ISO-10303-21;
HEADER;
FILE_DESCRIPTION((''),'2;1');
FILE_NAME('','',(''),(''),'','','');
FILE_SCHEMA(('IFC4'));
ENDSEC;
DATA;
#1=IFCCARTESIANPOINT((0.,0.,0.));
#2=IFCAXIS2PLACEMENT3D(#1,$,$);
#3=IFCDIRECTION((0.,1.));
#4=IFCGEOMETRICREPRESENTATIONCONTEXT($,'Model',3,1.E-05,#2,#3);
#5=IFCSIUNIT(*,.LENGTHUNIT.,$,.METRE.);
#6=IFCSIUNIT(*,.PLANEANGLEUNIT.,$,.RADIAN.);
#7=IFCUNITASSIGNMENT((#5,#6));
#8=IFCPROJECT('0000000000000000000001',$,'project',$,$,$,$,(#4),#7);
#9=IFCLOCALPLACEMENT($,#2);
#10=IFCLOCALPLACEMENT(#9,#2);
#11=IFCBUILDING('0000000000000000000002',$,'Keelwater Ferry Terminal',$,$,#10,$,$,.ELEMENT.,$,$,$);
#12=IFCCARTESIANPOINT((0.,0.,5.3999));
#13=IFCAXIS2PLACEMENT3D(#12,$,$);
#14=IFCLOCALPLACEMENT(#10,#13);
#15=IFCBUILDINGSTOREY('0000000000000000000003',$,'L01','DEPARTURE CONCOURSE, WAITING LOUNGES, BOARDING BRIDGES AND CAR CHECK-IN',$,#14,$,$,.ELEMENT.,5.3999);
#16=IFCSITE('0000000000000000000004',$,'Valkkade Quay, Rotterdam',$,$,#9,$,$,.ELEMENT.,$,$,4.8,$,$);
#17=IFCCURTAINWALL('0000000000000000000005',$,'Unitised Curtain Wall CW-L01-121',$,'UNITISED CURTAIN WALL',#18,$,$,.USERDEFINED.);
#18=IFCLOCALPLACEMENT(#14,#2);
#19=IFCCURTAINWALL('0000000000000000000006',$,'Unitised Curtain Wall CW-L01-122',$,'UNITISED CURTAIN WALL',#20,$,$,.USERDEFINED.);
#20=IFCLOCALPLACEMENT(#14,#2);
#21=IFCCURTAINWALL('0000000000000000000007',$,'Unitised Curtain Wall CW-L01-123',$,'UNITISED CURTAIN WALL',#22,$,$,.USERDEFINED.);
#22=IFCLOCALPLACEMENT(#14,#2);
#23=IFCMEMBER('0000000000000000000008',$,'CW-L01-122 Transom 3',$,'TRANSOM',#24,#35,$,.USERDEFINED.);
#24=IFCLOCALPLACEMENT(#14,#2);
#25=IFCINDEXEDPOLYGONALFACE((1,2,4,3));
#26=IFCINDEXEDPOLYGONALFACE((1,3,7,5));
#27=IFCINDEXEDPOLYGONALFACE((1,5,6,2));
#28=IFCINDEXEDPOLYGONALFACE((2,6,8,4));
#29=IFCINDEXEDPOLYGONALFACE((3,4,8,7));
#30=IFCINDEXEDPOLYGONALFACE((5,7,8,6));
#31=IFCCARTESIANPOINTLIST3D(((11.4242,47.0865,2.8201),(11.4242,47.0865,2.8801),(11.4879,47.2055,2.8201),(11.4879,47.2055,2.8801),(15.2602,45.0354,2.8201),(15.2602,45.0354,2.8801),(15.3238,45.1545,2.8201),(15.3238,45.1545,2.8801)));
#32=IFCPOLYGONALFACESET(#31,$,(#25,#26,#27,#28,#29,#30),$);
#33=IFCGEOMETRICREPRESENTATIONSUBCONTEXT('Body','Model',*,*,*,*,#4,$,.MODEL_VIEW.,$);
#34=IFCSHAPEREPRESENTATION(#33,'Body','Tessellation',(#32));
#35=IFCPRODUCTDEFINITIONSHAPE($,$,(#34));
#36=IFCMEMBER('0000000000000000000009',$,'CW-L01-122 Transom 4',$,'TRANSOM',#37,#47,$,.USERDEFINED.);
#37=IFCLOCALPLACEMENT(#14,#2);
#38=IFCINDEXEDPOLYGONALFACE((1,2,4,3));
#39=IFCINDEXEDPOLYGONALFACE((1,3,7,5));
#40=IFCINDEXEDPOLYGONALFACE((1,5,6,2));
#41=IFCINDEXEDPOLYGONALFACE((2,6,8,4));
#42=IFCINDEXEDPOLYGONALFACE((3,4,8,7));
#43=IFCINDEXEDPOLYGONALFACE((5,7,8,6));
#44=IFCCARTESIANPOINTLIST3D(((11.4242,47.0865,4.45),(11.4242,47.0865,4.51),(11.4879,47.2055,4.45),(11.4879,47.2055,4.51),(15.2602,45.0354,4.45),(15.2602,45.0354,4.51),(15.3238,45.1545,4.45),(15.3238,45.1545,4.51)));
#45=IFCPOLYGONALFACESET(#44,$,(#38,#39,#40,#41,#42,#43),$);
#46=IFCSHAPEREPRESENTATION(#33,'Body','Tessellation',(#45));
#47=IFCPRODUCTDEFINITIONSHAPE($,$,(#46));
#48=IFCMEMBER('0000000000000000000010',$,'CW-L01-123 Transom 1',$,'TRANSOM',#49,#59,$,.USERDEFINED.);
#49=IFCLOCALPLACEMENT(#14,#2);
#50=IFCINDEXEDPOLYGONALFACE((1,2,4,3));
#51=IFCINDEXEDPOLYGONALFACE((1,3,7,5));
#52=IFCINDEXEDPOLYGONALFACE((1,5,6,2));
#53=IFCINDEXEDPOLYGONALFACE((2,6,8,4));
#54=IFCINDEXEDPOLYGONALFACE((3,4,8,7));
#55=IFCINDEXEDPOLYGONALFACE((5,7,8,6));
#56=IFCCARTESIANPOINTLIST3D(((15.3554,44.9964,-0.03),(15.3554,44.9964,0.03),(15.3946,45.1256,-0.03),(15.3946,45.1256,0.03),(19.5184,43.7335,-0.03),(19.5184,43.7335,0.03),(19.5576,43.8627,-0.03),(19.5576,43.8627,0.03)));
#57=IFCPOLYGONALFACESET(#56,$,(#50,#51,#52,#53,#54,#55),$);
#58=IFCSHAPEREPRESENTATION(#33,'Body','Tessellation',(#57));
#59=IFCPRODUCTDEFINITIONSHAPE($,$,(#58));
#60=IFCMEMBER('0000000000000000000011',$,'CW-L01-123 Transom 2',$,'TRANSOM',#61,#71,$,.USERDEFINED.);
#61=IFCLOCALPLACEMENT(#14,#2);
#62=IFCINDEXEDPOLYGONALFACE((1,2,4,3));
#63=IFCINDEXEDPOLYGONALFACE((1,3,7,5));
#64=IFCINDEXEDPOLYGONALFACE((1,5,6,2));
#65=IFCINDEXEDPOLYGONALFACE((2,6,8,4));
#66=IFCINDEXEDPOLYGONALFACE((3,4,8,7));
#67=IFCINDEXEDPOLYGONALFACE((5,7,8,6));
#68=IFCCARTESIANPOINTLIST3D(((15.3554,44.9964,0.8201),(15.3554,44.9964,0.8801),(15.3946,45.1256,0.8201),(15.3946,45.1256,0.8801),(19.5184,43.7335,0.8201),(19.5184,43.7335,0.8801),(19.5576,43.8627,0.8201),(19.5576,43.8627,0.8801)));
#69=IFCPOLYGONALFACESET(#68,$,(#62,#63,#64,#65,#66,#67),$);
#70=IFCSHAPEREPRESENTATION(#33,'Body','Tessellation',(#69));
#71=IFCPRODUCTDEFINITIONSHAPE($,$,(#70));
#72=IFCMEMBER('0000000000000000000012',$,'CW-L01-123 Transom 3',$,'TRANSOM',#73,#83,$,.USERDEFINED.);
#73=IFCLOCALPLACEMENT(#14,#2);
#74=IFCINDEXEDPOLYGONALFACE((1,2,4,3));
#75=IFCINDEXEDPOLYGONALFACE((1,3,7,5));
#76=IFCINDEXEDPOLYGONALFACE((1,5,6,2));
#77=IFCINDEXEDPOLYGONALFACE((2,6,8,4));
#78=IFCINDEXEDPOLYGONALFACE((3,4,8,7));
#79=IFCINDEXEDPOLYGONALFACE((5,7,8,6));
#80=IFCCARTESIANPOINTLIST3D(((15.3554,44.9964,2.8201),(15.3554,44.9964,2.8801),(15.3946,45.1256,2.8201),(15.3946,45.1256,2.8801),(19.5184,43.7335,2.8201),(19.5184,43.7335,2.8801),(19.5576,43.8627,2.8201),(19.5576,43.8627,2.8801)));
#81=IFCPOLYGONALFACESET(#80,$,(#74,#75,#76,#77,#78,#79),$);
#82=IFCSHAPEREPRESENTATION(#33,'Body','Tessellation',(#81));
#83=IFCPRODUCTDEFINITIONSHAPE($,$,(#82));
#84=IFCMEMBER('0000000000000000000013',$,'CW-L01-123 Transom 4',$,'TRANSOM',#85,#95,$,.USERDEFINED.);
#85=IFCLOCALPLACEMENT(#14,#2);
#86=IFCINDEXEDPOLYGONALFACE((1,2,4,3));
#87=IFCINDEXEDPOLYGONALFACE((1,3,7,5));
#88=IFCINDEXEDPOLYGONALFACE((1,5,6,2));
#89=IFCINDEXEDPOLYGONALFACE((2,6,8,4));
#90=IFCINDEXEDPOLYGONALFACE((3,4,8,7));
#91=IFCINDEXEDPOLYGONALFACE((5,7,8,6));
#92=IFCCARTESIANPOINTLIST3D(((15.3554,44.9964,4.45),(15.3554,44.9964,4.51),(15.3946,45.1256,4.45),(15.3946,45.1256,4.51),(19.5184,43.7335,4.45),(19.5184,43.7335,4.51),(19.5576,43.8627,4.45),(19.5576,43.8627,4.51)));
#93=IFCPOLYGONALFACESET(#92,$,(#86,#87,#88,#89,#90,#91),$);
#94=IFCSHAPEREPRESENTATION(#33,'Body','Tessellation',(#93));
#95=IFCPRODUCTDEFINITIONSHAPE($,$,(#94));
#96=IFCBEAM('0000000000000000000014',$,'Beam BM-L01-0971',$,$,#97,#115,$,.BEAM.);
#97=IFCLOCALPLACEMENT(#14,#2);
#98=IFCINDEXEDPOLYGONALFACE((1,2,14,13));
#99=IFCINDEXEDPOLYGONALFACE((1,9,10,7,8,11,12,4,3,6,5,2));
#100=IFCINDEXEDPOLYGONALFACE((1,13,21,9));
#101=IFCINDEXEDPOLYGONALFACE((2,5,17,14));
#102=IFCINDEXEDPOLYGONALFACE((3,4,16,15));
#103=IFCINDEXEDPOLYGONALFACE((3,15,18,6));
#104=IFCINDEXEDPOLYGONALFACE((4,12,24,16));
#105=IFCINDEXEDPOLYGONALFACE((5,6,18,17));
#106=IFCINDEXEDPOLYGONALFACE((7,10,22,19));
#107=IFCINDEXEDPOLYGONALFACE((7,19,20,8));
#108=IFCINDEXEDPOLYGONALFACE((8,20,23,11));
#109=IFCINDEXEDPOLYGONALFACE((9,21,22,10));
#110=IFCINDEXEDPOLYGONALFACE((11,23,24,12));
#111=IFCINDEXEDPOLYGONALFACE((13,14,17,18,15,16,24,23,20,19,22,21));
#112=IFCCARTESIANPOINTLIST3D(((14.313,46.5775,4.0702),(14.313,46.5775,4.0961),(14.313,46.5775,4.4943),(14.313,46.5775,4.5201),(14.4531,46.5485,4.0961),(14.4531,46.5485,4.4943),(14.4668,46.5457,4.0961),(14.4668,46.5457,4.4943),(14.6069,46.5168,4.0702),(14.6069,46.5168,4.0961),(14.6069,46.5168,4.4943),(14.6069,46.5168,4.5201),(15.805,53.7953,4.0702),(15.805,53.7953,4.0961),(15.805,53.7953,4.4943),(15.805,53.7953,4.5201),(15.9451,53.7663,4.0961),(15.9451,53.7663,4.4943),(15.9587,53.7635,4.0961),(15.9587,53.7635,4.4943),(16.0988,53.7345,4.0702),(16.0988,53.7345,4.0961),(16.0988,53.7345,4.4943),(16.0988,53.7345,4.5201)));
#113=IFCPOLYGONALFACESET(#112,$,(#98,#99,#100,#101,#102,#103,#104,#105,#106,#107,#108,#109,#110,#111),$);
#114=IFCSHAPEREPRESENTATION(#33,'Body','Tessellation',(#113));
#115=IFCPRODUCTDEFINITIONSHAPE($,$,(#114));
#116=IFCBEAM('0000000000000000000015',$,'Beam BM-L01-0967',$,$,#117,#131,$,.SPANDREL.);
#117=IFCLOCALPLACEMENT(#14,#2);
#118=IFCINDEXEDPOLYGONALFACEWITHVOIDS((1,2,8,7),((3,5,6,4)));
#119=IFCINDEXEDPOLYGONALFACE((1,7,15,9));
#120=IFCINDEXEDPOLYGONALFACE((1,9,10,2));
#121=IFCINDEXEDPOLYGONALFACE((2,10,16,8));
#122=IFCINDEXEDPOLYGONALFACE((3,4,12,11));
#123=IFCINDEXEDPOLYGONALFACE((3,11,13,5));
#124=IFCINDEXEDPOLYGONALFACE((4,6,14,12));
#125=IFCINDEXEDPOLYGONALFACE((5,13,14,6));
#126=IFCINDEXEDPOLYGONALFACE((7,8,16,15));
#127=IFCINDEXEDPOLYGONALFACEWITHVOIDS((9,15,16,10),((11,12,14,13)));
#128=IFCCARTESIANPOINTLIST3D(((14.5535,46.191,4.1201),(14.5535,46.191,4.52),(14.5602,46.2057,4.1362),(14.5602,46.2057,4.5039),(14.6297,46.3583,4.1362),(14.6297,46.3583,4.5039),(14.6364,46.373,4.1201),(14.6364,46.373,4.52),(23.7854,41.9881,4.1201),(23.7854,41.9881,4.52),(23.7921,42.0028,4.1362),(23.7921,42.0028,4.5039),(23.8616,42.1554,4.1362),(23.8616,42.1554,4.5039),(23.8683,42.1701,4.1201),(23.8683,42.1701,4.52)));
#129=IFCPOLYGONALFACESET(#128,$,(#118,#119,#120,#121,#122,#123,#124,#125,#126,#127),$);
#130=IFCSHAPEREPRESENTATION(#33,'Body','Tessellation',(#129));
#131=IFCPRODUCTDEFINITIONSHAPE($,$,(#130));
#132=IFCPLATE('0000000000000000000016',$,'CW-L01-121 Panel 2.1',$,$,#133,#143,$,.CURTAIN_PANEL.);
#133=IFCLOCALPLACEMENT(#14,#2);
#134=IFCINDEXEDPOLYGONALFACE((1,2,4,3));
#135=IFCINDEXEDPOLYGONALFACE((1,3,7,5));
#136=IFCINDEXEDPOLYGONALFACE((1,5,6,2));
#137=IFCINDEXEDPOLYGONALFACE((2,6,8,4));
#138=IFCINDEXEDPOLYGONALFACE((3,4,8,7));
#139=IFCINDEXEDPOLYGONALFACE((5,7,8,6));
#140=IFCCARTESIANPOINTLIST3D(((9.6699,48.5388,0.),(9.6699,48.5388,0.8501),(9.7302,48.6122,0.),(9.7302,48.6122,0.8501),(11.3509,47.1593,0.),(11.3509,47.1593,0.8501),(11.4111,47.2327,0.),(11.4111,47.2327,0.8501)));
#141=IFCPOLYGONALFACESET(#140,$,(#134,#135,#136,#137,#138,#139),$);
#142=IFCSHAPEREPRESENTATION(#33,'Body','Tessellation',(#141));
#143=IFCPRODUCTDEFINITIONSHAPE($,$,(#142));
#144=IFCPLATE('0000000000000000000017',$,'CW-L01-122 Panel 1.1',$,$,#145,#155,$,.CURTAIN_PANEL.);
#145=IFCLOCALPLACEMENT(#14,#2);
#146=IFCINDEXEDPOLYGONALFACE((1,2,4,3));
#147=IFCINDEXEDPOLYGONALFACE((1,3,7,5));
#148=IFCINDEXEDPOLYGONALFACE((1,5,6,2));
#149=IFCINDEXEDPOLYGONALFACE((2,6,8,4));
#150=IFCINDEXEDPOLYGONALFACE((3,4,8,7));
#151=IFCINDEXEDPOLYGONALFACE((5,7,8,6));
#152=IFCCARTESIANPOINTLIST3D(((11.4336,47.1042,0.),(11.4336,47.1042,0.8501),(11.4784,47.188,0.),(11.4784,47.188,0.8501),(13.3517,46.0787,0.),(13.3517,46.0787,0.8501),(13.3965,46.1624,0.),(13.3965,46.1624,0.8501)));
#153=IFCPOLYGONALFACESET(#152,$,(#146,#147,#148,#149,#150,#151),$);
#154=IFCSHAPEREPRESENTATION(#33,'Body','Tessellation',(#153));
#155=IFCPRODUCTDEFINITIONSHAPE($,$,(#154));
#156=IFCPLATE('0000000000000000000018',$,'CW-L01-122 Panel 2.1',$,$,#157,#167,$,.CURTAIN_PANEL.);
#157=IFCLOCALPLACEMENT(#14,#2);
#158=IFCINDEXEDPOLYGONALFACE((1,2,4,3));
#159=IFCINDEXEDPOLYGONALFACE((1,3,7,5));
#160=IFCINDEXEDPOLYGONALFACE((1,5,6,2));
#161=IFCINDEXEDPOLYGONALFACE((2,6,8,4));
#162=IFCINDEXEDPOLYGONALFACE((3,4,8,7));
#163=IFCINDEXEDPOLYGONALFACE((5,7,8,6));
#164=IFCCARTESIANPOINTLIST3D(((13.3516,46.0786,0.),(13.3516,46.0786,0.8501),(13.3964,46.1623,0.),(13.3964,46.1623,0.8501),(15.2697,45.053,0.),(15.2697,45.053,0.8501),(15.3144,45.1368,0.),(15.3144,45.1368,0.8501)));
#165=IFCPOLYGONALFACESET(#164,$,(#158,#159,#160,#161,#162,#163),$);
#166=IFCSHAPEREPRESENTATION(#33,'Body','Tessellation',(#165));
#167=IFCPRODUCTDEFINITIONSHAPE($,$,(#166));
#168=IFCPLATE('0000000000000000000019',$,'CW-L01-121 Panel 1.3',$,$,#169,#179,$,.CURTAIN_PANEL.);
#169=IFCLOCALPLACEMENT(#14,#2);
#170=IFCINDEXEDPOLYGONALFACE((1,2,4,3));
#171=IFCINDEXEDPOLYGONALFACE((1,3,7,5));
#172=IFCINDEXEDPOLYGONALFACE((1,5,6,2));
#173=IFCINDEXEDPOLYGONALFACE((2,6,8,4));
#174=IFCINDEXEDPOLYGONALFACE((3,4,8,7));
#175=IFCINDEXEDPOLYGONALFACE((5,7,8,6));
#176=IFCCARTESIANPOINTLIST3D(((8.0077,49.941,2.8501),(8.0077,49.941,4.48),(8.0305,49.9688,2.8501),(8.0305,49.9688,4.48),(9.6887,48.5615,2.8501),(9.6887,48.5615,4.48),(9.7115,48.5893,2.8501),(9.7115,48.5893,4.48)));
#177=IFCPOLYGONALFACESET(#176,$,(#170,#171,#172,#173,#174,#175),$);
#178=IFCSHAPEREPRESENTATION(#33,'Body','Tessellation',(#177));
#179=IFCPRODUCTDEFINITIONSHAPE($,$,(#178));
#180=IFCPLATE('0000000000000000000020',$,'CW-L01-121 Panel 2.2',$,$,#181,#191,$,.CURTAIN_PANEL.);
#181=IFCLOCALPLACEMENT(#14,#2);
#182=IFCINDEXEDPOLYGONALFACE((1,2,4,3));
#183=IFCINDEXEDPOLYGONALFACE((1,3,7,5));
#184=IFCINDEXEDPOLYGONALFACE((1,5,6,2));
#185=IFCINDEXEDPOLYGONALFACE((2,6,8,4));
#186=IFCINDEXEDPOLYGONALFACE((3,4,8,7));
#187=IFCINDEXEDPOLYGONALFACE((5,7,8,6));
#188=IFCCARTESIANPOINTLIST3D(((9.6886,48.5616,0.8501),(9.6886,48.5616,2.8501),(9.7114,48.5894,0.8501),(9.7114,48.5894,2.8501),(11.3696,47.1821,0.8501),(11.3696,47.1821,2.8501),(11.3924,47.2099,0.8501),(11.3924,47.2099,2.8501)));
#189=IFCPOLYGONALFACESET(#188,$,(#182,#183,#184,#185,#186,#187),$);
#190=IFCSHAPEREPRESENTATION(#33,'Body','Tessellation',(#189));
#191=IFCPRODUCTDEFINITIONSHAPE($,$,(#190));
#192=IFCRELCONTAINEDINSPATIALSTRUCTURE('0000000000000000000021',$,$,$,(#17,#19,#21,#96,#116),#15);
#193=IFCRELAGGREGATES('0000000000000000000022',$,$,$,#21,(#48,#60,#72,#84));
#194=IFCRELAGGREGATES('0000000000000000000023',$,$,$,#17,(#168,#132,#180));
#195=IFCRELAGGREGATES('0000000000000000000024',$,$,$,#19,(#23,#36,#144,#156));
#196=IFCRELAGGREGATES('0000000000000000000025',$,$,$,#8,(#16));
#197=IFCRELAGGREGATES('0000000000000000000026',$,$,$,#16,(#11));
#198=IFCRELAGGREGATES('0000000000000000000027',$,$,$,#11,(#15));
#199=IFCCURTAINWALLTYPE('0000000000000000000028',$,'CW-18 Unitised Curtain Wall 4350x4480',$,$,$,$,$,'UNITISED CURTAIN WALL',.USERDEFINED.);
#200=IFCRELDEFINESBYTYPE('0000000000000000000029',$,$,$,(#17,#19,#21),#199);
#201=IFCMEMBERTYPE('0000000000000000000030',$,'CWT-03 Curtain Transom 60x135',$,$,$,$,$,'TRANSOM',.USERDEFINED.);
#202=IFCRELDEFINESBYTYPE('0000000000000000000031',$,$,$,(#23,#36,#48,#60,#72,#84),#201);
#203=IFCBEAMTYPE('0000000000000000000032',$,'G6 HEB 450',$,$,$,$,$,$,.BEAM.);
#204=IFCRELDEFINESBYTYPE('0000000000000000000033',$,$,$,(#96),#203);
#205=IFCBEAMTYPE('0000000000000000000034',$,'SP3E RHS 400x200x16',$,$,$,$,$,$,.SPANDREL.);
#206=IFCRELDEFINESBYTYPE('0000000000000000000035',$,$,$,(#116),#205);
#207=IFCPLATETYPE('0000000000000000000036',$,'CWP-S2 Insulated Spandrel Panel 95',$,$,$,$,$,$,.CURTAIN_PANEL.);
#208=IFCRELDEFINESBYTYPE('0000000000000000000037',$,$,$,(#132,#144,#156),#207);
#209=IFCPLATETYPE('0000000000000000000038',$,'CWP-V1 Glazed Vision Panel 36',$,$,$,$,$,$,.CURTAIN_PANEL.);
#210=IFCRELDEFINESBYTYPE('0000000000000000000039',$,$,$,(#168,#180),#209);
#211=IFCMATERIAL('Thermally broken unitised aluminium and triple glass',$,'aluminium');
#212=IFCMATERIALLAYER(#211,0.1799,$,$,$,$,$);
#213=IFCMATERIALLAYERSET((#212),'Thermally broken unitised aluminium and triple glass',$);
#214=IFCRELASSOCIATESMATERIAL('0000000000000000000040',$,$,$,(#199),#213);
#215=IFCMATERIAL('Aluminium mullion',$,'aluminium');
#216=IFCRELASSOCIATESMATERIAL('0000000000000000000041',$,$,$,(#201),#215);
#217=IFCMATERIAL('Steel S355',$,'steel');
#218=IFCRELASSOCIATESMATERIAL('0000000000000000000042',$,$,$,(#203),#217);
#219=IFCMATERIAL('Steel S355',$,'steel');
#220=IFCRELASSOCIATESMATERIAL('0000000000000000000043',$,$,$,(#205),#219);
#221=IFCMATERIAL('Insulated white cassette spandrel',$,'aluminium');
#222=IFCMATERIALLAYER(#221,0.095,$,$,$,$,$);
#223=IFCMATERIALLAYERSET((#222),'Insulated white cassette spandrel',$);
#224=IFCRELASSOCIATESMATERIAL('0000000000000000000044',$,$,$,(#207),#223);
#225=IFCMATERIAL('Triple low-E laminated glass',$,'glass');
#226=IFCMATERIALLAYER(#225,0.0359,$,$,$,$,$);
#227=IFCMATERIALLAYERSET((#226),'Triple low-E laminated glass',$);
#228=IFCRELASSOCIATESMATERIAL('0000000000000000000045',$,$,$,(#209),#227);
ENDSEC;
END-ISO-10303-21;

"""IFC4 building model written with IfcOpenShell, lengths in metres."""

from ifc_helpers import new_model, si_unit, direction, frame, origin, origin_2d, place, context, subcontext, project, spatial, rectangle, hollow_rectangle, i_section, extrude, material, layer, layer_set, material_profile, profile_set, type_object, element, aggregate, save


model = new_model("IFC4")

# Units and contexts
model_context = context("Model", 3, precision=1e-05, world=origin(), true_north=direction((0.0, 1.0)))
body_context = subcontext(model_context, "Body", "Model", "MODEL_VIEW")
ifc_project = project(units=[si_unit("LENGTHUNIT", "METRE"), si_unit("PLANEANGLEUNIT", "RADIAN")], contexts=[model_context])

# Site, building, storey
site_placement = place(None, origin())
site = spatial("IfcSite", under=ifc_project, at=site_placement, Name="Valkkade Quay, Rotterdam", CompositionType="ELEMENT", RefElevation=4.8)
building_placement = place(site_placement, origin())
building = spatial("IfcBuilding", under=site, at=building_placement, Name="Keelwater Ferry Terminal", CompositionType="ELEMENT")
storey_placement = place(building_placement, frame((0.0, 0.0, 5.3999)))
storey = spatial("IfcBuildingStorey", under=building, at=storey_placement, Name="L01", Description="DEPARTURE CONCOURSE, WAITING LOUNGES, BOARDING BRIDGES AND CAR CHECK-IN", CompositionType="ELEMENT", Elevation=5.3999)

# Curtain walls
ifc_material_1 = material(Name="Thermally broken unitised aluminium and triple glass", Category="aluminium")
ifc_layer_1 = layer(ifc_material_1, 0.1799)
ifc_layer_set_1 = layer_set([ifc_layer_1], Name="Thermally broken unitised aluminium and triple glass")
curtain_wall_type = type_object("IfcCurtainWallType", Name="CW-18 Unitised Curtain Wall 4350x4480", ElementType="UNITISED CURTAIN WALL", PredefinedType="USERDEFINED", material=ifc_layer_set_1)
curtain_wall_1_placement = place(storey_placement, origin())
curtain_wall_1 = element("IfcCurtainWall", 1, at=curtain_wall_1_placement, inside=storey, type_object=curtain_wall_type, Name="Unitised Curtain Wall CW-L01-121", ObjectType="UNITISED CURTAIN WALL", PredefinedType="USERDEFINED")
curtain_wall_2_placement = place(storey_placement, origin())
curtain_wall_2 = element("IfcCurtainWall", 2, at=curtain_wall_2_placement, inside=storey, type_object=curtain_wall_type, Name="Unitised Curtain Wall CW-L01-122", ObjectType="UNITISED CURTAIN WALL", PredefinedType="USERDEFINED")

# Curtain wall
curtain_wall_3_placement = place(storey_placement, origin())
curtain_wall_3 = element("IfcCurtainWall", 3, at=curtain_wall_3_placement, inside=storey, type_object=curtain_wall_type, Name="Unitised Curtain Wall CW-L01-123", ObjectType="UNITISED CURTAIN WALL", PredefinedType="USERDEFINED")

# Members
ifc_material_2 = material(Name="Aluminium mullion", Category="aluminium")
ifc_material_profile_1 = material_profile(ifc_material_2, rectangle(XDim=0.135, YDim=0.0601, at=origin_2d()), Name="CWT-03")
ifc_profile_set_1 = profile_set([ifc_material_profile_1], Name="Aluminium mullion")
member_type_1 = type_object("IfcMemberType", Name="CWT-03 Curtain Transom 60x135", ElementType="TRANSOM", PredefinedType="USERDEFINED", material=ifc_profile_set_1)
member_1_placement = place(storey_placement, frame((11.4561, 47.146, 2.8501), z_axis=(0.881857, -0.471517, 0.0), x_axis=(0.471517, 0.881857, 0.0)))
member_1 = element("IfcMember", 4, at=member_1_placement, type_object=member_type_1, Name="CW-L01-122 Transom 3", ObjectType="TRANSOM", PredefinedType="USERDEFINED", context=body_context, shape_type="SweptSolid", body=[
    extrude(rectangle(XDim=0.135, YDim=0.0601, at=origin_2d()), origin(), (0.0, 0.0, 1.0), 4.3499),
])
member_2_placement = place(storey_placement, frame((11.4561, 47.146, 4.48), z_axis=(0.881857, -0.471517, 0.0), x_axis=(0.471517, 0.881857, 0.0)))
member_2 = element("IfcMember", 5, at=member_2_placement, type_object=member_type_1, Name="CW-L01-122 Transom 4", ObjectType="TRANSOM", PredefinedType="USERDEFINED", context=body_context, shape_type="SweptSolid", body=[
    extrude(rectangle(XDim=0.135, YDim=0.0601, at=origin_2d()), origin(), (0.0, 0.0, 1.0), 4.3499),
])
member_3_placement = place(storey_placement, frame((15.375, 45.061, 0.0), z_axis=(0.956935, -0.290302, 0.0), x_axis=(0.290302, 0.956935, 0.0)))
member_3 = element("IfcMember", 6, at=member_3_placement, type_object=member_type_1, Name="CW-L01-123 Transom 1", ObjectType="TRANSOM", PredefinedType="USERDEFINED", context=body_context, shape_type="SweptSolid", body=[
    extrude(rectangle(XDim=0.135, YDim=0.0601, at=origin_2d()), origin(), (0.0, 0.0, 1.0), 4.3503),
])
member_4_placement = place(storey_placement, frame((15.375, 45.061, 0.8501), z_axis=(0.956935, -0.290302, 0.0), x_axis=(0.290302, 0.956935, 0.0)))
member_4 = element("IfcMember", 7, at=member_4_placement, type_object=member_type_1, Name="CW-L01-123 Transom 2", ObjectType="TRANSOM", PredefinedType="USERDEFINED", context=body_context, shape_type="SweptSolid", body=[
    extrude(rectangle(XDim=0.135, YDim=0.0601, at=origin_2d()), origin(), (0.0, 0.0, 1.0), 4.3503),
])
member_5_placement = place(storey_placement, frame((15.375, 45.061, 2.8501), z_axis=(0.956935, -0.290302, 0.0), x_axis=(0.290302, 0.956935, 0.0)))
member_5 = element("IfcMember", 8, at=member_5_placement, type_object=member_type_1, Name="CW-L01-123 Transom 3", ObjectType="TRANSOM", PredefinedType="USERDEFINED", context=body_context, shape_type="SweptSolid", body=[
    extrude(rectangle(XDim=0.135, YDim=0.0601, at=origin_2d()), origin(), (0.0, 0.0, 1.0), 4.3503),
])
member_6_placement = place(storey_placement, frame((15.375, 45.061, 4.48), z_axis=(0.956935, -0.290302, 0.0), x_axis=(0.290302, 0.956935, 0.0)))
member_6 = element("IfcMember", 9, at=member_6_placement, type_object=member_type_1, Name="CW-L01-123 Transom 4", ObjectType="TRANSOM", PredefinedType="USERDEFINED", context=body_context, shape_type="SweptSolid", body=[
    extrude(rectangle(XDim=0.135, YDim=0.0601, at=origin_2d()), origin(), (0.0, 0.0, 1.0), 4.3503),
])
aggregate(curtain_wall_3, [member_3, member_4, member_5, member_6])

# Beams
ifc_material_3 = material(Name="Steel S355", Category="steel")
ifc_material_profile_2 = material_profile(ifc_material_3, i_section(OverallWidth=0.3, OverallDepth=0.45, WebThickness=0.0139, FlangeThickness=0.0259, at=origin_2d()), Name="HEB 450")
ifc_profile_set_2 = profile_set([ifc_material_profile_2], Name="Steel S355")
beam_type_1 = type_object("IfcBeamType", Name="G6 HEB 450", PredefinedType="BEAM", material=ifc_profile_set_2)
beam_1_placement = place(storey_placement, frame((14.46, 46.5471, 4.2952), z_axis=(0.202425, 0.979298, 0.0), x_axis=(-0.979298, 0.202425, 0.0)))
element("IfcBeam", 10, at=beam_1_placement, inside=storey, type_object=beam_type_1, Name="Beam BM-L01-0971", PredefinedType="BEAM", context=body_context, shape_type="SweptSolid", body=[
    extrude(i_section(OverallWidth=0.3, OverallDepth=0.45, WebThickness=0.0139, FlangeThickness=0.0259, at=origin_2d()), origin(), (0.0, 0.0, 1.0), 7.3704),
])
ifc_material_4 = material(Name="Steel S355", Category="steel")
ifc_material_profile_3 = material_profile(ifc_material_4, hollow_rectangle(XDim=0.2, YDim=0.3999, WallThickness=0.0161, at=origin_2d()), Name="RHS 400x200x16")
ifc_profile_set_3 = profile_set([ifc_material_profile_3], Name="Steel S355")
beam_type_2 = type_object("IfcBeamType", Name="SP3E RHS 400x200x16", PredefinedType="SPANDREL", material=ifc_profile_set_3)
beam_2_placement = place(storey_placement, frame((14.595, 46.282, 4.3201), z_axis=(0.910123, -0.414338, 0.0), x_axis=(0.414338, 0.910123, 0.0)))
element("IfcBeam", 11, at=beam_2_placement, inside=storey, type_object=beam_type_2, Name="Beam BM-L01-0967", PredefinedType="SPANDREL", context=body_context, shape_type="SweptSolid", body=[
    extrude(hollow_rectangle(XDim=0.2, YDim=0.3999, WallThickness=0.0161, at=origin_2d()), origin(), (0.0, 0.0, 1.0), 10.1436),
])

# Plates
ifc_material_5 = material(Name="Insulated white cassette spandrel", Category="aluminium")
ifc_layer_2 = layer(ifc_material_5, 0.095)
ifc_layer_set_2 = layer_set([ifc_layer_2], Name="Insulated white cassette spandrel")
plate_type_1 = type_object("IfcPlateType", Name="CWP-S2 Insulated Spandrel Panel 95", PredefinedType="CURTAIN_PANEL", material=ifc_layer_set_2)
plate_1_placement = place(storey_placement, frame((10.5405, 47.8857, 0.0), z_axis=(0.0, 0.0, 1.0), x_axis=(0.773024, -0.634377, 0.0)))
plate_1 = element("IfcPlate", 12, at=plate_1_placement, type_object=plate_type_1, Name="CW-L01-121 Panel 2.1", PredefinedType="CURTAIN_PANEL", context=body_context, shape_type="SweptSolid", body=[
    extrude(rectangle(XDim=2.1746, YDim=0.095, at=origin_2d()), origin(), (0.0, 0.0, 1.0), 0.8501),
])
plate_2_placement = place(storey_placement, frame((12.415, 46.6333, 0.0), z_axis=(0.0, 0.0, 1.0), x_axis=(0.881862, -0.471507, 0.0)))
plate_2 = element("IfcPlate", 13, at=plate_2_placement, type_object=plate_type_1, Name="CW-L01-122 Panel 1.1", PredefinedType="CURTAIN_PANEL", context=body_context, shape_type="SweptSolid", body=[
    extrude(rectangle(XDim=2.175, YDim=0.095, at=origin_2d()), origin(), (0.0, 0.0, 1.0), 0.8501),
])
plate_3_placement = place(storey_placement, frame((14.333, 45.6077, 0.0), z_axis=(0.0, 0.0, 1.0), x_axis=(0.881862, -0.471507, 0.0)))
plate_3 = element("IfcPlate", 14, at=plate_3_placement, type_object=plate_type_1, Name="CW-L01-122 Panel 2.1", PredefinedType="CURTAIN_PANEL", context=body_context, shape_type="SweptSolid", body=[
    extrude(rectangle(XDim=2.175, YDim=0.095, at=origin_2d()), origin(), (0.0, 0.0, 1.0), 0.8501),
])
ifc_material_6 = material(Name="Triple low-E laminated glass", Category="glass")
ifc_layer_3 = layer(ifc_material_6, 0.0359)
ifc_layer_set_3 = layer_set([ifc_layer_3], Name="Triple low-E laminated glass")
plate_type_2 = type_object("IfcPlateType", Name="CWP-V1 Glazed Vision Panel 36", PredefinedType="CURTAIN_PANEL", material=ifc_layer_set_3)
plate_4_placement = place(storey_placement, frame((8.8596, 49.2651, 2.8501), z_axis=(0.0, 0.0, 1.0), x_axis=(0.773024, -0.634377, 0.0)))
plate_4 = element("IfcPlate", 15, at=plate_4_placement, type_object=plate_type_2, Name="CW-L01-121 Panel 1.3", PredefinedType="CURTAIN_PANEL", context=body_context, shape_type="SweptSolid", body=[
    extrude(rectangle(XDim=2.1746, YDim=0.0359, at=origin_2d()), origin(), (0.0, 0.0, 1.0), 1.6299),
])
plate_5_placement = place(storey_placement, frame((10.5405, 47.8857, 0.8501), z_axis=(0.0, 0.0, 1.0), x_axis=(0.773024, -0.634377, 0.0)))
plate_5 = element("IfcPlate", 16, at=plate_5_placement, type_object=plate_type_2, Name="CW-L01-121 Panel 2.2", PredefinedType="CURTAIN_PANEL", context=body_context, shape_type="SweptSolid", body=[
    extrude(rectangle(XDim=2.1746, YDim=0.0359, at=origin_2d()), origin(), (0.0, 0.0, 1.0), 2.0),
])
aggregate(curtain_wall_1, [plate_4, plate_1, plate_5])
aggregate(curtain_wall_2, [member_1, member_2, plate_2, plate_3])

save(model, "model.ifc")
